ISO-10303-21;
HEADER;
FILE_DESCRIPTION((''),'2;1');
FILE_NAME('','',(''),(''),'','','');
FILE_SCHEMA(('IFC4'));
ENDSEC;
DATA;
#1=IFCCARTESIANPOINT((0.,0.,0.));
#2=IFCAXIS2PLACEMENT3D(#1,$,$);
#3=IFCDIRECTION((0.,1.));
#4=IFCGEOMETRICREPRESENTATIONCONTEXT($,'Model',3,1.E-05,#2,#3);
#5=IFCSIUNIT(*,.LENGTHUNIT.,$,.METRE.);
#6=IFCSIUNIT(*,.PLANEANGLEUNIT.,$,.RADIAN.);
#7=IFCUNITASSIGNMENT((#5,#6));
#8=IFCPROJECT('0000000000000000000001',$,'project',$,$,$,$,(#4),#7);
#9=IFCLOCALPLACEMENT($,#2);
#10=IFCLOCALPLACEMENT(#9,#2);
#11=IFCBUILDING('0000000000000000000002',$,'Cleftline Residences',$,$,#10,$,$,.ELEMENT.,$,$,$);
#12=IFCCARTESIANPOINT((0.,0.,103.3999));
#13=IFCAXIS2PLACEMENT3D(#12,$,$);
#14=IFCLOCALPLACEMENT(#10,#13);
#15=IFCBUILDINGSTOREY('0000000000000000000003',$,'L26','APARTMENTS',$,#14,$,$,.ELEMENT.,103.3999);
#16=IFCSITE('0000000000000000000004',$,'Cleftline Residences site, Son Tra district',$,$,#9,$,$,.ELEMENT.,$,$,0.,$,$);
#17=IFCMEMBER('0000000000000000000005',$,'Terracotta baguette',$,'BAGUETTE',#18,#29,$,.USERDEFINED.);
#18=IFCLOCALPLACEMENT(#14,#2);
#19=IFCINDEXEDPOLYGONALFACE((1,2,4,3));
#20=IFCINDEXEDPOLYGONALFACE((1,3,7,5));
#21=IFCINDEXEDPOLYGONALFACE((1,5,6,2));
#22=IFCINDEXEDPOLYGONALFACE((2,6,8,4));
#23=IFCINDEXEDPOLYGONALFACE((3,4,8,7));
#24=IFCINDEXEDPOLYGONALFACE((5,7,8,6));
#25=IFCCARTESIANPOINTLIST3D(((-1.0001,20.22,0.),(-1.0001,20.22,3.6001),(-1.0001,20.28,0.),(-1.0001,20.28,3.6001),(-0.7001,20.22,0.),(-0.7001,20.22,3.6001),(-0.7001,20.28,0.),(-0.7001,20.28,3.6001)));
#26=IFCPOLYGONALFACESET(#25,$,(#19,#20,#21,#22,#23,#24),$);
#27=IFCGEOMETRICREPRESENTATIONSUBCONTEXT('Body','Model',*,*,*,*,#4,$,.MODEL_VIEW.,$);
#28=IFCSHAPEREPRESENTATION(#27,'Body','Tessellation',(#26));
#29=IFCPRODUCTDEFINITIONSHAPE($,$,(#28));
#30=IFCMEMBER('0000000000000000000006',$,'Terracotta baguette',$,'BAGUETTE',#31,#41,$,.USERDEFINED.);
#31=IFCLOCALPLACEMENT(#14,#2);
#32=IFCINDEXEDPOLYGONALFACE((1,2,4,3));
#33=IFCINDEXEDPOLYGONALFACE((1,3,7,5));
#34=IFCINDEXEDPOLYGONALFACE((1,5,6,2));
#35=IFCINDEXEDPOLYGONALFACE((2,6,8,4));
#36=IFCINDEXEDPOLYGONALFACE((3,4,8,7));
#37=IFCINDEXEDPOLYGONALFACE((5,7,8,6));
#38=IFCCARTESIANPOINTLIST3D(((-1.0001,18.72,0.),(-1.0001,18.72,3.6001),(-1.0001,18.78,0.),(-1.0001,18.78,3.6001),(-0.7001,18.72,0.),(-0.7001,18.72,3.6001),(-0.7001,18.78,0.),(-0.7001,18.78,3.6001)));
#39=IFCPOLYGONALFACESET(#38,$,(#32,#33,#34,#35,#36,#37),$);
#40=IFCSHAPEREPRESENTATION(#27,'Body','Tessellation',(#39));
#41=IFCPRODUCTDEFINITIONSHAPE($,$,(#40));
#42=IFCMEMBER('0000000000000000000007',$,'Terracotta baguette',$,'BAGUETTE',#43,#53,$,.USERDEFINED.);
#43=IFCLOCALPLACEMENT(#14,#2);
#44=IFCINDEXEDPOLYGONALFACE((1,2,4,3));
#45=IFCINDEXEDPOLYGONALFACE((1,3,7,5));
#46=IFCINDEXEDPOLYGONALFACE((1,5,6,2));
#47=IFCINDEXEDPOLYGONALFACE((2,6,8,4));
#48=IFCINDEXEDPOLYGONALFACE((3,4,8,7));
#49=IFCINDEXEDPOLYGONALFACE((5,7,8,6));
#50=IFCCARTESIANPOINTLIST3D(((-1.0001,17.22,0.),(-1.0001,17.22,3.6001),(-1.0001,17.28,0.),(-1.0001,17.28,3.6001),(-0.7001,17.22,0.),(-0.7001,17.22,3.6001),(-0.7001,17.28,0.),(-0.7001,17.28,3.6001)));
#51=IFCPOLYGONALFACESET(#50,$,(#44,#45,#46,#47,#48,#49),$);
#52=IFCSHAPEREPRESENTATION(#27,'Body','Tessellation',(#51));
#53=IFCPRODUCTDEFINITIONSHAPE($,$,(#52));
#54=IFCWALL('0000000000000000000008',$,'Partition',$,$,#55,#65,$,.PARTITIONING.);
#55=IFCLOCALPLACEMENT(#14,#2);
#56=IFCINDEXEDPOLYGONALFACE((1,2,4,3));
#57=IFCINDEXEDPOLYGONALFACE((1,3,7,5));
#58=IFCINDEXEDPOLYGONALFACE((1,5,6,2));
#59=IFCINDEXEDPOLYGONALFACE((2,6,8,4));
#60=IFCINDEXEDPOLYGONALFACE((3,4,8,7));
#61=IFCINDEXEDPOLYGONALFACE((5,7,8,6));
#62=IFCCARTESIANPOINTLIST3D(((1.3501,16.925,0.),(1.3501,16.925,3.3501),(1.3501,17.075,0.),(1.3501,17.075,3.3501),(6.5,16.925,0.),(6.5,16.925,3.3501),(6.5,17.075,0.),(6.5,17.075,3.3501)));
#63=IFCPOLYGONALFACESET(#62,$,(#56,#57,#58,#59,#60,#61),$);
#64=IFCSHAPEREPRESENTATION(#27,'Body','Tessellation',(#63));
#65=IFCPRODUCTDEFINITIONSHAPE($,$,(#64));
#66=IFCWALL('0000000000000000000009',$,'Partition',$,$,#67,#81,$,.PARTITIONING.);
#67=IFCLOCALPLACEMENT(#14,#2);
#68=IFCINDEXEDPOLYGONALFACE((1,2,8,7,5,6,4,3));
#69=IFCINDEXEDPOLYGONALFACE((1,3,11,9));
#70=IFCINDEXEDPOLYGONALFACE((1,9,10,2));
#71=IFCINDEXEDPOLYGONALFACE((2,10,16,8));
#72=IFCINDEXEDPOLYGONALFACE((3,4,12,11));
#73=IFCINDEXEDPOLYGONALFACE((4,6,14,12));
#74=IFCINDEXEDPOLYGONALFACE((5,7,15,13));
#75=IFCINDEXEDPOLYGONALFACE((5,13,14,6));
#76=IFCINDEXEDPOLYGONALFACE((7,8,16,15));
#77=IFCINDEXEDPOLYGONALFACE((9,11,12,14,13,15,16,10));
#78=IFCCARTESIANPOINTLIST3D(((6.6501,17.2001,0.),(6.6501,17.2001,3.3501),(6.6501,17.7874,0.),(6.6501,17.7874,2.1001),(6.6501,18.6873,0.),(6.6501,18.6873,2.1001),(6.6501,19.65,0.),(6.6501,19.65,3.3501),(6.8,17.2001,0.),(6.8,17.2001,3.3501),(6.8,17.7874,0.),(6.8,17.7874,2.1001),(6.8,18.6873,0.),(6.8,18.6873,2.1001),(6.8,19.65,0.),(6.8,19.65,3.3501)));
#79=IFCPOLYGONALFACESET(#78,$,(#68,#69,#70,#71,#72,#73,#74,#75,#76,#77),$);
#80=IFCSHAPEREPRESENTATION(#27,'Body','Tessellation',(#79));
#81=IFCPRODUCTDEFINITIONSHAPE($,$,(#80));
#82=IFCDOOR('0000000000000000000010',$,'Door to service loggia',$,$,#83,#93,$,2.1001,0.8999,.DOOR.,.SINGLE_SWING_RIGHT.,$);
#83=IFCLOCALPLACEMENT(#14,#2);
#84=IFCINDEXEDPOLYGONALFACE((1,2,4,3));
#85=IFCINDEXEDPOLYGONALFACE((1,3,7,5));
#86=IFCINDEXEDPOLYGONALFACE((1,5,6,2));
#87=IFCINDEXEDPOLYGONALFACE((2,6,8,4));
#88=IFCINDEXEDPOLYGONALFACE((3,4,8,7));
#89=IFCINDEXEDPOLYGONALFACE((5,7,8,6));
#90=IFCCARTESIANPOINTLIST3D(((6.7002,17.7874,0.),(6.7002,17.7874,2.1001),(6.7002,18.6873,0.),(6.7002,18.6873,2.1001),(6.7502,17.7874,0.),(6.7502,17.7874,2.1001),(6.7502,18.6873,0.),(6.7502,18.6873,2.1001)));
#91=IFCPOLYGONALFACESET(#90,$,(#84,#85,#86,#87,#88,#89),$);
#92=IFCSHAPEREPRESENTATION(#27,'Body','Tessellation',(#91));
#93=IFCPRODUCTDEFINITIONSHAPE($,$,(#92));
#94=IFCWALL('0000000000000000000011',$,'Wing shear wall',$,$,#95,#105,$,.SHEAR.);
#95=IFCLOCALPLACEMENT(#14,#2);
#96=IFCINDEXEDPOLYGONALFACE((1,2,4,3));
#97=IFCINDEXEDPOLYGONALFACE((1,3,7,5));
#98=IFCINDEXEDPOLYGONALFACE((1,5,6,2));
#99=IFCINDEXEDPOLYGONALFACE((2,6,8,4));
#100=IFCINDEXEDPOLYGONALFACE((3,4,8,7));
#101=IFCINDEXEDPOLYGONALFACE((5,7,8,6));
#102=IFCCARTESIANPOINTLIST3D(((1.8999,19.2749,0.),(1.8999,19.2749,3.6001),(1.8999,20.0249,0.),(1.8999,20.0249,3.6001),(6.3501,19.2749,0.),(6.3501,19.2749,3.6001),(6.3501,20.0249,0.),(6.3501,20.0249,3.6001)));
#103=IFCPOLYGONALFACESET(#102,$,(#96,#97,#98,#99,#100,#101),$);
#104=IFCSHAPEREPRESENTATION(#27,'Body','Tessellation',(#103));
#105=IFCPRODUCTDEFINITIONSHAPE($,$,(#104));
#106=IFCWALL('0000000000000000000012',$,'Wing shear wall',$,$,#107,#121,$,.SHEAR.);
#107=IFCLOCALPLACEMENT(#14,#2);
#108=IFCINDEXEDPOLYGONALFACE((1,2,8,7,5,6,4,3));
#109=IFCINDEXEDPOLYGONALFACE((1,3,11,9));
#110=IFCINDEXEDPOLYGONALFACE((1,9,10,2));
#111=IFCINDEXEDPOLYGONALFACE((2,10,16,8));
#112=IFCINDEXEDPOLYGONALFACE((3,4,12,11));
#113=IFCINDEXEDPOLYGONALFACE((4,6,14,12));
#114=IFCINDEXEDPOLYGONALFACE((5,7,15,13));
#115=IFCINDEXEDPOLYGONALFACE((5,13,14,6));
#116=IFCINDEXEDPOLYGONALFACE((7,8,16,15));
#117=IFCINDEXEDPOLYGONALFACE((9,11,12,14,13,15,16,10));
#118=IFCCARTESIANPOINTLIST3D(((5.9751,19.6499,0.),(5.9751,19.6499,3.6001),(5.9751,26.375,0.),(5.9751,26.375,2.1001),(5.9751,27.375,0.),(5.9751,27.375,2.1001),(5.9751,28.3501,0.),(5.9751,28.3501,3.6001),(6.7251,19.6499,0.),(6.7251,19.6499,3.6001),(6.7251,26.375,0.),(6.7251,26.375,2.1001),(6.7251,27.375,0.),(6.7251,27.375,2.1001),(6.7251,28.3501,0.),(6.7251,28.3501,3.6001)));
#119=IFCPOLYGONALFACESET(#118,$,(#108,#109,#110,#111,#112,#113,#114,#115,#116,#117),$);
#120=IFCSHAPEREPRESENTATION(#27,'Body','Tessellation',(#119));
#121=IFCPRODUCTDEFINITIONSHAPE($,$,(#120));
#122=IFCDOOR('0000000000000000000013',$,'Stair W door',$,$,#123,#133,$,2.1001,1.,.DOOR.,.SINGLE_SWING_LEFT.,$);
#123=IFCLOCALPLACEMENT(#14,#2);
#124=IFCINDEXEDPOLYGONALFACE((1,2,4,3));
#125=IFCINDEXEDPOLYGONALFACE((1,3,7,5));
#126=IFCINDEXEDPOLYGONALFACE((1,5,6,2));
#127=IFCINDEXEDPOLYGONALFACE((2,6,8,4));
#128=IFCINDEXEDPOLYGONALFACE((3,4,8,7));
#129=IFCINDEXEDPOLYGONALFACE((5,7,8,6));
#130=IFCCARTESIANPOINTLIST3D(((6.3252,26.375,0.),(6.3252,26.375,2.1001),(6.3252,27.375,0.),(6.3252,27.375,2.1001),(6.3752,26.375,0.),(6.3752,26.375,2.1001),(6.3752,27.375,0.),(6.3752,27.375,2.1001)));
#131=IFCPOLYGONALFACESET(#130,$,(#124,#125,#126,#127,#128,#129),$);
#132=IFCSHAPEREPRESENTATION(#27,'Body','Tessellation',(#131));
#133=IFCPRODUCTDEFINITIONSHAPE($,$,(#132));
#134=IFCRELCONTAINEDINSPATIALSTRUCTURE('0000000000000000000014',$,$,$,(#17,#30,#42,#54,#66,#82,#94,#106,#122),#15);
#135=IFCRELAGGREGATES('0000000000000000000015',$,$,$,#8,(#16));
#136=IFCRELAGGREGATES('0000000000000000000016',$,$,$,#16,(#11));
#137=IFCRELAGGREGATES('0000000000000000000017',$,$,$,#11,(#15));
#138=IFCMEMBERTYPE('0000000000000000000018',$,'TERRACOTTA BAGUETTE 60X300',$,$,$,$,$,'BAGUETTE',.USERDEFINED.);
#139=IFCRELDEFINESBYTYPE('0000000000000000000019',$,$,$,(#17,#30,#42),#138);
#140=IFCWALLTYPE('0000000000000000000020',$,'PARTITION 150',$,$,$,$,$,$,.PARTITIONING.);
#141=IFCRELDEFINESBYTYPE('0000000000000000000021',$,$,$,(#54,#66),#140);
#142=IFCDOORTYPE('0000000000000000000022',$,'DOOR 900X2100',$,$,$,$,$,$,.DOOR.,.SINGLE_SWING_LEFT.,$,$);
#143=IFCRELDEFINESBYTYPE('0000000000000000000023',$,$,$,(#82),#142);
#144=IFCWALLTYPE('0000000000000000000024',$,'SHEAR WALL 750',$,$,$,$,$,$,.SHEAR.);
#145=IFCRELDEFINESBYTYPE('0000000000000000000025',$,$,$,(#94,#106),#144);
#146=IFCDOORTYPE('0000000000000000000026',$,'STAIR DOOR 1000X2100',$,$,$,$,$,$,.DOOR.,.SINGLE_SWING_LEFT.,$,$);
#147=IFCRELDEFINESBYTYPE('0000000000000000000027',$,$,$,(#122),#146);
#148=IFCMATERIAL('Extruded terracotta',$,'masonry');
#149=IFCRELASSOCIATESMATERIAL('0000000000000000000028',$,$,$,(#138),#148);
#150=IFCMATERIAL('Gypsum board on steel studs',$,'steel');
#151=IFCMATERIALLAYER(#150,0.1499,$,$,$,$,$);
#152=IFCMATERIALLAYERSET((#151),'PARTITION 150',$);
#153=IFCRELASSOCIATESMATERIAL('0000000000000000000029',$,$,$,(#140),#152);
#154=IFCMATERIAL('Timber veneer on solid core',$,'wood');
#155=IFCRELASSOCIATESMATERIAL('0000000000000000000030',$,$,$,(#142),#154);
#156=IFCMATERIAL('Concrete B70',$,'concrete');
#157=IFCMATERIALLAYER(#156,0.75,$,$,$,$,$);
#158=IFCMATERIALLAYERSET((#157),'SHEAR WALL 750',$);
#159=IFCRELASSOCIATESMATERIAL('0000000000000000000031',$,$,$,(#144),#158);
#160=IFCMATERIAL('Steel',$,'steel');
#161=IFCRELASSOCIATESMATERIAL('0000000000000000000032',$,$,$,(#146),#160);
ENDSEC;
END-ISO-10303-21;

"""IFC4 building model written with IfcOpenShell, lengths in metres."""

from ifc_helpers import new_model, si_unit, direction, frame, frame_2d, origin, origin_2d, place, context, subcontext, project, spatial, rectangle, extrude, material, layer, layer_set, material_profile, profile_set, type_object, element, fill, save


model = new_model("IFC4")

# Units and contexts
model_context = context("Model", 3, precision=1e-05, world=origin(), true_north=direction((0.0, 1.0)))
body_context = subcontext(model_context, "Body", "Model", "MODEL_VIEW")
ifc_project = project(units=[si_unit("LENGTHUNIT", "METRE"), si_unit("PLANEANGLEUNIT", "RADIAN")], contexts=[model_context])

# Site, building, storey
site_placement = place(None, origin())
site = spatial("IfcSite", under=ifc_project, at=site_placement, Name="Cleftline Residences site, Son Tra district", CompositionType="ELEMENT", RefElevation=0.0)
building_placement = place(site_placement, origin())
building = spatial("IfcBuilding", under=site, at=building_placement, Name="Cleftline Residences", CompositionType="ELEMENT")
storey_placement = place(building_placement, frame((0.0, 0.0, 103.3999)))
storey = spatial("IfcBuildingStorey", under=building, at=storey_placement, Name="L26", Description="APARTMENTS", CompositionType="ELEMENT", Elevation=103.3999)

# Members
ifc_material_1 = material(Name="Extruded terracotta", Category="masonry")
ifc_material_profile_1 = material_profile(ifc_material_1, rectangle(XDim=0.0601, YDim=0.3, at=origin_2d()))
ifc_profile_set_1 = profile_set([ifc_material_profile_1], Name="Extruded terracotta")
member_type = type_object("IfcMemberType", Name="TERRACOTTA BAGUETTE 60X300", ElementType="BAGUETTE", PredefinedType="USERDEFINED", material=ifc_profile_set_1)
for number, where, z_axis, x_axis, name in (
    (1, (-0.8501, 20.25, 0.0), (0.0, 0.0, 1.0), (0.0, 1.0, 0.0), "Terracotta baguette"),
    (2, (-0.8501, 18.75, 0.0), (0.0, 0.0, 1.0), (0.0, 1.0, 0.0), "Terracotta baguette"),
    (3, (-0.8501, 17.25, 0.0), (0.0, 0.0, 1.0), (0.0, 1.0, 0.0), "Terracotta baguette"),
):
    element("IfcMember", number, at=place(storey_placement, frame(where, z_axis=z_axis, x_axis=x_axis)), inside=storey, type_object=member_type, Name=name, ObjectType="BAGUETTE", PredefinedType="USERDEFINED", context=body_context, shape_type="SweptSolid", body=[
        extrude(rectangle(XDim=0.0601, YDim=0.3, at=origin_2d()), origin(), (0.0, 0.0, 1.0), 3.6001),
    ])

# Wall
ifc_material_2 = material(Name="Gypsum board on steel studs", Category="steel")
ifc_layer_1 = layer(ifc_material_2, 0.1499)
ifc_layer_set_1 = layer_set([ifc_layer_1], Name="PARTITION 150")
wall_type_1 = type_object("IfcWallType", Name="PARTITION 150", PredefinedType="PARTITIONING", material=ifc_layer_set_1)
wall_1_placement = place(storey_placement, frame((1.3501, 17.0, 0.0), z_axis=(0.0, 0.0, 1.0), x_axis=(1.0, 0.0, 0.0)))
element("IfcWall", 4, at=wall_1_placement, inside=storey, type_object=wall_type_1, Name="Partition", PredefinedType="PARTITIONING", context=body_context, shape_type="SweptSolid", body=[
    extrude(rectangle(XDim=5.1499, YDim=0.1499, at=frame_2d((2.575, 0.0))), origin(), (0.0, 0.0, 1.0), 3.3501),
])

# Wall, opening, door
wall_2_placement = place(storey_placement, frame((6.7251, 17.2, 0.0), z_axis=(0.0, 0.0, 1.0), x_axis=(0.0, 1.0, 0.0)))
wall_2 = element("IfcWall", 5, at=wall_2_placement, inside=storey, type_object=wall_type_1, Name="Partition", PredefinedType="PARTITIONING", context=body_context, shape_type="SweptSolid", body=[
    extrude(rectangle(XDim=2.45, YDim=0.1499, at=frame_2d((1.2251, 0.0))), origin(), (0.0, 0.0, 1.0), 3.3501),
])
opening_1_placement = place(wall_2_placement, frame((0.5874, 0.0, 0.0)))
opening_1 = element("IfcOpeningElement", 6, at=opening_1_placement, cuts=wall_2, PredefinedType="OPENING", context=body_context, shape_type="SweptSolid", body=[
    extrude(rectangle(XDim=0.8999, YDim=2.1001, at=frame_2d((0.45, 1.05))), frame((0.0, 0.085, 0.0), z_axis=(0.0, -1.0, 0.0), x_axis=(1.0, 0.0, 0.0)), (0.0, 0.0, 1.0), 0.1699),
])
ifc_material_3 = material(Name="Timber veneer on solid core", Category="wood")
door_type_1 = type_object("IfcDoorType", Name="DOOR 900X2100", OperationType="SINGLE_SWING_LEFT", PredefinedType="DOOR", material=ifc_material_3)
door_1_placement = place(opening_1_placement, origin())
door_1 = element("IfcDoor", 7, at=door_1_placement, inside=storey, type_object=door_type_1, Name="Door to service loggia", OperationType="SINGLE_SWING_RIGHT", OverallHeight=2.1001, OverallWidth=0.8999, PredefinedType="DOOR", context=body_context, shape_type="SweptSolid", body=[
    extrude(rectangle(XDim=0.8999, YDim=2.1001, at=frame_2d((0.45, 1.05))), frame((0.0, 0.0249, 0.0), z_axis=(0.0, -1.0, 0.0), x_axis=(1.0, 0.0, 0.0)), (0.0, 0.0, 1.0), 0.05),
])
fill(opening_1, door_1)

# Wall
ifc_material_4 = material(Name="Concrete B70", Category="concrete")
ifc_layer_2 = layer(ifc_material_4, 0.75)
ifc_layer_set_2 = layer_set([ifc_layer_2], Name="SHEAR WALL 750")
wall_type_2 = type_object("IfcWallType", Name="SHEAR WALL 750", PredefinedType="SHEAR", material=ifc_layer_set_2)
wall_3_placement = place(storey_placement, frame((1.8999, 19.6499, 0.0), z_axis=(0.0, 0.0, 1.0), x_axis=(1.0, 0.0, 0.0)))
element("IfcWall", 8, at=wall_3_placement, inside=storey, type_object=wall_type_2, Name="Wing shear wall", PredefinedType="SHEAR", context=body_context, shape_type="SweptSolid", body=[
    extrude(rectangle(XDim=4.4502, YDim=0.75, at=frame_2d((2.2251, 0.0))), origin(), (0.0, 0.0, 1.0), 3.6001),
])

# Wall, opening, door
wall_4_placement = place(storey_placement, frame((6.3501, 19.6499, 0.0), z_axis=(0.0, 0.0, 1.0), x_axis=(0.0, 1.0, 0.0)))
wall_4 = element("IfcWall", 9, at=wall_4_placement, inside=storey, type_object=wall_type_2, Name="Wing shear wall", PredefinedType="SHEAR", context=body_context, shape_type="SweptSolid", body=[
    extrude(rectangle(XDim=8.7002, YDim=0.75, at=frame_2d((4.3501, 0.0))), origin(), (0.0, 0.0, 1.0), 3.6001),
])
opening_2_placement = place(wall_4_placement, frame((6.7251, 0.0, 0.0)))
opening_2 = element("IfcOpeningElement", 10, at=opening_2_placement, cuts=wall_4, PredefinedType="OPENING", context=body_context, shape_type="SweptSolid", body=[
    extrude(rectangle(XDim=1.0, YDim=2.1001, at=frame_2d((0.5, 1.05))), frame((0.0, 0.385, 0.0), z_axis=(0.0, -1.0, 0.0), x_axis=(1.0, 0.0, 0.0)), (0.0, 0.0, 1.0), 0.77),
])
ifc_material_5 = material(Name="Steel", Category="steel")
door_type_2 = type_object("IfcDoorType", Name="STAIR DOOR 1000X2100", OperationType="SINGLE_SWING_LEFT", PredefinedType="DOOR", material=ifc_material_5)
door_2_placement = place(opening_2_placement, origin())
door_2 = element("IfcDoor", 11, at=door_2_placement, inside=storey, type_object=door_type_2, Name="Stair W door", OperationType="SINGLE_SWING_LEFT", OverallHeight=2.1001, OverallWidth=1.0, PredefinedType="DOOR", context=body_context, shape_type="SweptSolid", body=[
    extrude(rectangle(XDim=1.0, YDim=2.1001, at=frame_2d((0.5, 1.05))), frame((0.0, 0.0249, 0.0), z_axis=(0.0, -1.0, 0.0), x_axis=(1.0, 0.0, 0.0)), (0.0, 0.0, 1.0), 0.05),
])
fill(opening_2, door_2)

save(model, "model.ifc")
